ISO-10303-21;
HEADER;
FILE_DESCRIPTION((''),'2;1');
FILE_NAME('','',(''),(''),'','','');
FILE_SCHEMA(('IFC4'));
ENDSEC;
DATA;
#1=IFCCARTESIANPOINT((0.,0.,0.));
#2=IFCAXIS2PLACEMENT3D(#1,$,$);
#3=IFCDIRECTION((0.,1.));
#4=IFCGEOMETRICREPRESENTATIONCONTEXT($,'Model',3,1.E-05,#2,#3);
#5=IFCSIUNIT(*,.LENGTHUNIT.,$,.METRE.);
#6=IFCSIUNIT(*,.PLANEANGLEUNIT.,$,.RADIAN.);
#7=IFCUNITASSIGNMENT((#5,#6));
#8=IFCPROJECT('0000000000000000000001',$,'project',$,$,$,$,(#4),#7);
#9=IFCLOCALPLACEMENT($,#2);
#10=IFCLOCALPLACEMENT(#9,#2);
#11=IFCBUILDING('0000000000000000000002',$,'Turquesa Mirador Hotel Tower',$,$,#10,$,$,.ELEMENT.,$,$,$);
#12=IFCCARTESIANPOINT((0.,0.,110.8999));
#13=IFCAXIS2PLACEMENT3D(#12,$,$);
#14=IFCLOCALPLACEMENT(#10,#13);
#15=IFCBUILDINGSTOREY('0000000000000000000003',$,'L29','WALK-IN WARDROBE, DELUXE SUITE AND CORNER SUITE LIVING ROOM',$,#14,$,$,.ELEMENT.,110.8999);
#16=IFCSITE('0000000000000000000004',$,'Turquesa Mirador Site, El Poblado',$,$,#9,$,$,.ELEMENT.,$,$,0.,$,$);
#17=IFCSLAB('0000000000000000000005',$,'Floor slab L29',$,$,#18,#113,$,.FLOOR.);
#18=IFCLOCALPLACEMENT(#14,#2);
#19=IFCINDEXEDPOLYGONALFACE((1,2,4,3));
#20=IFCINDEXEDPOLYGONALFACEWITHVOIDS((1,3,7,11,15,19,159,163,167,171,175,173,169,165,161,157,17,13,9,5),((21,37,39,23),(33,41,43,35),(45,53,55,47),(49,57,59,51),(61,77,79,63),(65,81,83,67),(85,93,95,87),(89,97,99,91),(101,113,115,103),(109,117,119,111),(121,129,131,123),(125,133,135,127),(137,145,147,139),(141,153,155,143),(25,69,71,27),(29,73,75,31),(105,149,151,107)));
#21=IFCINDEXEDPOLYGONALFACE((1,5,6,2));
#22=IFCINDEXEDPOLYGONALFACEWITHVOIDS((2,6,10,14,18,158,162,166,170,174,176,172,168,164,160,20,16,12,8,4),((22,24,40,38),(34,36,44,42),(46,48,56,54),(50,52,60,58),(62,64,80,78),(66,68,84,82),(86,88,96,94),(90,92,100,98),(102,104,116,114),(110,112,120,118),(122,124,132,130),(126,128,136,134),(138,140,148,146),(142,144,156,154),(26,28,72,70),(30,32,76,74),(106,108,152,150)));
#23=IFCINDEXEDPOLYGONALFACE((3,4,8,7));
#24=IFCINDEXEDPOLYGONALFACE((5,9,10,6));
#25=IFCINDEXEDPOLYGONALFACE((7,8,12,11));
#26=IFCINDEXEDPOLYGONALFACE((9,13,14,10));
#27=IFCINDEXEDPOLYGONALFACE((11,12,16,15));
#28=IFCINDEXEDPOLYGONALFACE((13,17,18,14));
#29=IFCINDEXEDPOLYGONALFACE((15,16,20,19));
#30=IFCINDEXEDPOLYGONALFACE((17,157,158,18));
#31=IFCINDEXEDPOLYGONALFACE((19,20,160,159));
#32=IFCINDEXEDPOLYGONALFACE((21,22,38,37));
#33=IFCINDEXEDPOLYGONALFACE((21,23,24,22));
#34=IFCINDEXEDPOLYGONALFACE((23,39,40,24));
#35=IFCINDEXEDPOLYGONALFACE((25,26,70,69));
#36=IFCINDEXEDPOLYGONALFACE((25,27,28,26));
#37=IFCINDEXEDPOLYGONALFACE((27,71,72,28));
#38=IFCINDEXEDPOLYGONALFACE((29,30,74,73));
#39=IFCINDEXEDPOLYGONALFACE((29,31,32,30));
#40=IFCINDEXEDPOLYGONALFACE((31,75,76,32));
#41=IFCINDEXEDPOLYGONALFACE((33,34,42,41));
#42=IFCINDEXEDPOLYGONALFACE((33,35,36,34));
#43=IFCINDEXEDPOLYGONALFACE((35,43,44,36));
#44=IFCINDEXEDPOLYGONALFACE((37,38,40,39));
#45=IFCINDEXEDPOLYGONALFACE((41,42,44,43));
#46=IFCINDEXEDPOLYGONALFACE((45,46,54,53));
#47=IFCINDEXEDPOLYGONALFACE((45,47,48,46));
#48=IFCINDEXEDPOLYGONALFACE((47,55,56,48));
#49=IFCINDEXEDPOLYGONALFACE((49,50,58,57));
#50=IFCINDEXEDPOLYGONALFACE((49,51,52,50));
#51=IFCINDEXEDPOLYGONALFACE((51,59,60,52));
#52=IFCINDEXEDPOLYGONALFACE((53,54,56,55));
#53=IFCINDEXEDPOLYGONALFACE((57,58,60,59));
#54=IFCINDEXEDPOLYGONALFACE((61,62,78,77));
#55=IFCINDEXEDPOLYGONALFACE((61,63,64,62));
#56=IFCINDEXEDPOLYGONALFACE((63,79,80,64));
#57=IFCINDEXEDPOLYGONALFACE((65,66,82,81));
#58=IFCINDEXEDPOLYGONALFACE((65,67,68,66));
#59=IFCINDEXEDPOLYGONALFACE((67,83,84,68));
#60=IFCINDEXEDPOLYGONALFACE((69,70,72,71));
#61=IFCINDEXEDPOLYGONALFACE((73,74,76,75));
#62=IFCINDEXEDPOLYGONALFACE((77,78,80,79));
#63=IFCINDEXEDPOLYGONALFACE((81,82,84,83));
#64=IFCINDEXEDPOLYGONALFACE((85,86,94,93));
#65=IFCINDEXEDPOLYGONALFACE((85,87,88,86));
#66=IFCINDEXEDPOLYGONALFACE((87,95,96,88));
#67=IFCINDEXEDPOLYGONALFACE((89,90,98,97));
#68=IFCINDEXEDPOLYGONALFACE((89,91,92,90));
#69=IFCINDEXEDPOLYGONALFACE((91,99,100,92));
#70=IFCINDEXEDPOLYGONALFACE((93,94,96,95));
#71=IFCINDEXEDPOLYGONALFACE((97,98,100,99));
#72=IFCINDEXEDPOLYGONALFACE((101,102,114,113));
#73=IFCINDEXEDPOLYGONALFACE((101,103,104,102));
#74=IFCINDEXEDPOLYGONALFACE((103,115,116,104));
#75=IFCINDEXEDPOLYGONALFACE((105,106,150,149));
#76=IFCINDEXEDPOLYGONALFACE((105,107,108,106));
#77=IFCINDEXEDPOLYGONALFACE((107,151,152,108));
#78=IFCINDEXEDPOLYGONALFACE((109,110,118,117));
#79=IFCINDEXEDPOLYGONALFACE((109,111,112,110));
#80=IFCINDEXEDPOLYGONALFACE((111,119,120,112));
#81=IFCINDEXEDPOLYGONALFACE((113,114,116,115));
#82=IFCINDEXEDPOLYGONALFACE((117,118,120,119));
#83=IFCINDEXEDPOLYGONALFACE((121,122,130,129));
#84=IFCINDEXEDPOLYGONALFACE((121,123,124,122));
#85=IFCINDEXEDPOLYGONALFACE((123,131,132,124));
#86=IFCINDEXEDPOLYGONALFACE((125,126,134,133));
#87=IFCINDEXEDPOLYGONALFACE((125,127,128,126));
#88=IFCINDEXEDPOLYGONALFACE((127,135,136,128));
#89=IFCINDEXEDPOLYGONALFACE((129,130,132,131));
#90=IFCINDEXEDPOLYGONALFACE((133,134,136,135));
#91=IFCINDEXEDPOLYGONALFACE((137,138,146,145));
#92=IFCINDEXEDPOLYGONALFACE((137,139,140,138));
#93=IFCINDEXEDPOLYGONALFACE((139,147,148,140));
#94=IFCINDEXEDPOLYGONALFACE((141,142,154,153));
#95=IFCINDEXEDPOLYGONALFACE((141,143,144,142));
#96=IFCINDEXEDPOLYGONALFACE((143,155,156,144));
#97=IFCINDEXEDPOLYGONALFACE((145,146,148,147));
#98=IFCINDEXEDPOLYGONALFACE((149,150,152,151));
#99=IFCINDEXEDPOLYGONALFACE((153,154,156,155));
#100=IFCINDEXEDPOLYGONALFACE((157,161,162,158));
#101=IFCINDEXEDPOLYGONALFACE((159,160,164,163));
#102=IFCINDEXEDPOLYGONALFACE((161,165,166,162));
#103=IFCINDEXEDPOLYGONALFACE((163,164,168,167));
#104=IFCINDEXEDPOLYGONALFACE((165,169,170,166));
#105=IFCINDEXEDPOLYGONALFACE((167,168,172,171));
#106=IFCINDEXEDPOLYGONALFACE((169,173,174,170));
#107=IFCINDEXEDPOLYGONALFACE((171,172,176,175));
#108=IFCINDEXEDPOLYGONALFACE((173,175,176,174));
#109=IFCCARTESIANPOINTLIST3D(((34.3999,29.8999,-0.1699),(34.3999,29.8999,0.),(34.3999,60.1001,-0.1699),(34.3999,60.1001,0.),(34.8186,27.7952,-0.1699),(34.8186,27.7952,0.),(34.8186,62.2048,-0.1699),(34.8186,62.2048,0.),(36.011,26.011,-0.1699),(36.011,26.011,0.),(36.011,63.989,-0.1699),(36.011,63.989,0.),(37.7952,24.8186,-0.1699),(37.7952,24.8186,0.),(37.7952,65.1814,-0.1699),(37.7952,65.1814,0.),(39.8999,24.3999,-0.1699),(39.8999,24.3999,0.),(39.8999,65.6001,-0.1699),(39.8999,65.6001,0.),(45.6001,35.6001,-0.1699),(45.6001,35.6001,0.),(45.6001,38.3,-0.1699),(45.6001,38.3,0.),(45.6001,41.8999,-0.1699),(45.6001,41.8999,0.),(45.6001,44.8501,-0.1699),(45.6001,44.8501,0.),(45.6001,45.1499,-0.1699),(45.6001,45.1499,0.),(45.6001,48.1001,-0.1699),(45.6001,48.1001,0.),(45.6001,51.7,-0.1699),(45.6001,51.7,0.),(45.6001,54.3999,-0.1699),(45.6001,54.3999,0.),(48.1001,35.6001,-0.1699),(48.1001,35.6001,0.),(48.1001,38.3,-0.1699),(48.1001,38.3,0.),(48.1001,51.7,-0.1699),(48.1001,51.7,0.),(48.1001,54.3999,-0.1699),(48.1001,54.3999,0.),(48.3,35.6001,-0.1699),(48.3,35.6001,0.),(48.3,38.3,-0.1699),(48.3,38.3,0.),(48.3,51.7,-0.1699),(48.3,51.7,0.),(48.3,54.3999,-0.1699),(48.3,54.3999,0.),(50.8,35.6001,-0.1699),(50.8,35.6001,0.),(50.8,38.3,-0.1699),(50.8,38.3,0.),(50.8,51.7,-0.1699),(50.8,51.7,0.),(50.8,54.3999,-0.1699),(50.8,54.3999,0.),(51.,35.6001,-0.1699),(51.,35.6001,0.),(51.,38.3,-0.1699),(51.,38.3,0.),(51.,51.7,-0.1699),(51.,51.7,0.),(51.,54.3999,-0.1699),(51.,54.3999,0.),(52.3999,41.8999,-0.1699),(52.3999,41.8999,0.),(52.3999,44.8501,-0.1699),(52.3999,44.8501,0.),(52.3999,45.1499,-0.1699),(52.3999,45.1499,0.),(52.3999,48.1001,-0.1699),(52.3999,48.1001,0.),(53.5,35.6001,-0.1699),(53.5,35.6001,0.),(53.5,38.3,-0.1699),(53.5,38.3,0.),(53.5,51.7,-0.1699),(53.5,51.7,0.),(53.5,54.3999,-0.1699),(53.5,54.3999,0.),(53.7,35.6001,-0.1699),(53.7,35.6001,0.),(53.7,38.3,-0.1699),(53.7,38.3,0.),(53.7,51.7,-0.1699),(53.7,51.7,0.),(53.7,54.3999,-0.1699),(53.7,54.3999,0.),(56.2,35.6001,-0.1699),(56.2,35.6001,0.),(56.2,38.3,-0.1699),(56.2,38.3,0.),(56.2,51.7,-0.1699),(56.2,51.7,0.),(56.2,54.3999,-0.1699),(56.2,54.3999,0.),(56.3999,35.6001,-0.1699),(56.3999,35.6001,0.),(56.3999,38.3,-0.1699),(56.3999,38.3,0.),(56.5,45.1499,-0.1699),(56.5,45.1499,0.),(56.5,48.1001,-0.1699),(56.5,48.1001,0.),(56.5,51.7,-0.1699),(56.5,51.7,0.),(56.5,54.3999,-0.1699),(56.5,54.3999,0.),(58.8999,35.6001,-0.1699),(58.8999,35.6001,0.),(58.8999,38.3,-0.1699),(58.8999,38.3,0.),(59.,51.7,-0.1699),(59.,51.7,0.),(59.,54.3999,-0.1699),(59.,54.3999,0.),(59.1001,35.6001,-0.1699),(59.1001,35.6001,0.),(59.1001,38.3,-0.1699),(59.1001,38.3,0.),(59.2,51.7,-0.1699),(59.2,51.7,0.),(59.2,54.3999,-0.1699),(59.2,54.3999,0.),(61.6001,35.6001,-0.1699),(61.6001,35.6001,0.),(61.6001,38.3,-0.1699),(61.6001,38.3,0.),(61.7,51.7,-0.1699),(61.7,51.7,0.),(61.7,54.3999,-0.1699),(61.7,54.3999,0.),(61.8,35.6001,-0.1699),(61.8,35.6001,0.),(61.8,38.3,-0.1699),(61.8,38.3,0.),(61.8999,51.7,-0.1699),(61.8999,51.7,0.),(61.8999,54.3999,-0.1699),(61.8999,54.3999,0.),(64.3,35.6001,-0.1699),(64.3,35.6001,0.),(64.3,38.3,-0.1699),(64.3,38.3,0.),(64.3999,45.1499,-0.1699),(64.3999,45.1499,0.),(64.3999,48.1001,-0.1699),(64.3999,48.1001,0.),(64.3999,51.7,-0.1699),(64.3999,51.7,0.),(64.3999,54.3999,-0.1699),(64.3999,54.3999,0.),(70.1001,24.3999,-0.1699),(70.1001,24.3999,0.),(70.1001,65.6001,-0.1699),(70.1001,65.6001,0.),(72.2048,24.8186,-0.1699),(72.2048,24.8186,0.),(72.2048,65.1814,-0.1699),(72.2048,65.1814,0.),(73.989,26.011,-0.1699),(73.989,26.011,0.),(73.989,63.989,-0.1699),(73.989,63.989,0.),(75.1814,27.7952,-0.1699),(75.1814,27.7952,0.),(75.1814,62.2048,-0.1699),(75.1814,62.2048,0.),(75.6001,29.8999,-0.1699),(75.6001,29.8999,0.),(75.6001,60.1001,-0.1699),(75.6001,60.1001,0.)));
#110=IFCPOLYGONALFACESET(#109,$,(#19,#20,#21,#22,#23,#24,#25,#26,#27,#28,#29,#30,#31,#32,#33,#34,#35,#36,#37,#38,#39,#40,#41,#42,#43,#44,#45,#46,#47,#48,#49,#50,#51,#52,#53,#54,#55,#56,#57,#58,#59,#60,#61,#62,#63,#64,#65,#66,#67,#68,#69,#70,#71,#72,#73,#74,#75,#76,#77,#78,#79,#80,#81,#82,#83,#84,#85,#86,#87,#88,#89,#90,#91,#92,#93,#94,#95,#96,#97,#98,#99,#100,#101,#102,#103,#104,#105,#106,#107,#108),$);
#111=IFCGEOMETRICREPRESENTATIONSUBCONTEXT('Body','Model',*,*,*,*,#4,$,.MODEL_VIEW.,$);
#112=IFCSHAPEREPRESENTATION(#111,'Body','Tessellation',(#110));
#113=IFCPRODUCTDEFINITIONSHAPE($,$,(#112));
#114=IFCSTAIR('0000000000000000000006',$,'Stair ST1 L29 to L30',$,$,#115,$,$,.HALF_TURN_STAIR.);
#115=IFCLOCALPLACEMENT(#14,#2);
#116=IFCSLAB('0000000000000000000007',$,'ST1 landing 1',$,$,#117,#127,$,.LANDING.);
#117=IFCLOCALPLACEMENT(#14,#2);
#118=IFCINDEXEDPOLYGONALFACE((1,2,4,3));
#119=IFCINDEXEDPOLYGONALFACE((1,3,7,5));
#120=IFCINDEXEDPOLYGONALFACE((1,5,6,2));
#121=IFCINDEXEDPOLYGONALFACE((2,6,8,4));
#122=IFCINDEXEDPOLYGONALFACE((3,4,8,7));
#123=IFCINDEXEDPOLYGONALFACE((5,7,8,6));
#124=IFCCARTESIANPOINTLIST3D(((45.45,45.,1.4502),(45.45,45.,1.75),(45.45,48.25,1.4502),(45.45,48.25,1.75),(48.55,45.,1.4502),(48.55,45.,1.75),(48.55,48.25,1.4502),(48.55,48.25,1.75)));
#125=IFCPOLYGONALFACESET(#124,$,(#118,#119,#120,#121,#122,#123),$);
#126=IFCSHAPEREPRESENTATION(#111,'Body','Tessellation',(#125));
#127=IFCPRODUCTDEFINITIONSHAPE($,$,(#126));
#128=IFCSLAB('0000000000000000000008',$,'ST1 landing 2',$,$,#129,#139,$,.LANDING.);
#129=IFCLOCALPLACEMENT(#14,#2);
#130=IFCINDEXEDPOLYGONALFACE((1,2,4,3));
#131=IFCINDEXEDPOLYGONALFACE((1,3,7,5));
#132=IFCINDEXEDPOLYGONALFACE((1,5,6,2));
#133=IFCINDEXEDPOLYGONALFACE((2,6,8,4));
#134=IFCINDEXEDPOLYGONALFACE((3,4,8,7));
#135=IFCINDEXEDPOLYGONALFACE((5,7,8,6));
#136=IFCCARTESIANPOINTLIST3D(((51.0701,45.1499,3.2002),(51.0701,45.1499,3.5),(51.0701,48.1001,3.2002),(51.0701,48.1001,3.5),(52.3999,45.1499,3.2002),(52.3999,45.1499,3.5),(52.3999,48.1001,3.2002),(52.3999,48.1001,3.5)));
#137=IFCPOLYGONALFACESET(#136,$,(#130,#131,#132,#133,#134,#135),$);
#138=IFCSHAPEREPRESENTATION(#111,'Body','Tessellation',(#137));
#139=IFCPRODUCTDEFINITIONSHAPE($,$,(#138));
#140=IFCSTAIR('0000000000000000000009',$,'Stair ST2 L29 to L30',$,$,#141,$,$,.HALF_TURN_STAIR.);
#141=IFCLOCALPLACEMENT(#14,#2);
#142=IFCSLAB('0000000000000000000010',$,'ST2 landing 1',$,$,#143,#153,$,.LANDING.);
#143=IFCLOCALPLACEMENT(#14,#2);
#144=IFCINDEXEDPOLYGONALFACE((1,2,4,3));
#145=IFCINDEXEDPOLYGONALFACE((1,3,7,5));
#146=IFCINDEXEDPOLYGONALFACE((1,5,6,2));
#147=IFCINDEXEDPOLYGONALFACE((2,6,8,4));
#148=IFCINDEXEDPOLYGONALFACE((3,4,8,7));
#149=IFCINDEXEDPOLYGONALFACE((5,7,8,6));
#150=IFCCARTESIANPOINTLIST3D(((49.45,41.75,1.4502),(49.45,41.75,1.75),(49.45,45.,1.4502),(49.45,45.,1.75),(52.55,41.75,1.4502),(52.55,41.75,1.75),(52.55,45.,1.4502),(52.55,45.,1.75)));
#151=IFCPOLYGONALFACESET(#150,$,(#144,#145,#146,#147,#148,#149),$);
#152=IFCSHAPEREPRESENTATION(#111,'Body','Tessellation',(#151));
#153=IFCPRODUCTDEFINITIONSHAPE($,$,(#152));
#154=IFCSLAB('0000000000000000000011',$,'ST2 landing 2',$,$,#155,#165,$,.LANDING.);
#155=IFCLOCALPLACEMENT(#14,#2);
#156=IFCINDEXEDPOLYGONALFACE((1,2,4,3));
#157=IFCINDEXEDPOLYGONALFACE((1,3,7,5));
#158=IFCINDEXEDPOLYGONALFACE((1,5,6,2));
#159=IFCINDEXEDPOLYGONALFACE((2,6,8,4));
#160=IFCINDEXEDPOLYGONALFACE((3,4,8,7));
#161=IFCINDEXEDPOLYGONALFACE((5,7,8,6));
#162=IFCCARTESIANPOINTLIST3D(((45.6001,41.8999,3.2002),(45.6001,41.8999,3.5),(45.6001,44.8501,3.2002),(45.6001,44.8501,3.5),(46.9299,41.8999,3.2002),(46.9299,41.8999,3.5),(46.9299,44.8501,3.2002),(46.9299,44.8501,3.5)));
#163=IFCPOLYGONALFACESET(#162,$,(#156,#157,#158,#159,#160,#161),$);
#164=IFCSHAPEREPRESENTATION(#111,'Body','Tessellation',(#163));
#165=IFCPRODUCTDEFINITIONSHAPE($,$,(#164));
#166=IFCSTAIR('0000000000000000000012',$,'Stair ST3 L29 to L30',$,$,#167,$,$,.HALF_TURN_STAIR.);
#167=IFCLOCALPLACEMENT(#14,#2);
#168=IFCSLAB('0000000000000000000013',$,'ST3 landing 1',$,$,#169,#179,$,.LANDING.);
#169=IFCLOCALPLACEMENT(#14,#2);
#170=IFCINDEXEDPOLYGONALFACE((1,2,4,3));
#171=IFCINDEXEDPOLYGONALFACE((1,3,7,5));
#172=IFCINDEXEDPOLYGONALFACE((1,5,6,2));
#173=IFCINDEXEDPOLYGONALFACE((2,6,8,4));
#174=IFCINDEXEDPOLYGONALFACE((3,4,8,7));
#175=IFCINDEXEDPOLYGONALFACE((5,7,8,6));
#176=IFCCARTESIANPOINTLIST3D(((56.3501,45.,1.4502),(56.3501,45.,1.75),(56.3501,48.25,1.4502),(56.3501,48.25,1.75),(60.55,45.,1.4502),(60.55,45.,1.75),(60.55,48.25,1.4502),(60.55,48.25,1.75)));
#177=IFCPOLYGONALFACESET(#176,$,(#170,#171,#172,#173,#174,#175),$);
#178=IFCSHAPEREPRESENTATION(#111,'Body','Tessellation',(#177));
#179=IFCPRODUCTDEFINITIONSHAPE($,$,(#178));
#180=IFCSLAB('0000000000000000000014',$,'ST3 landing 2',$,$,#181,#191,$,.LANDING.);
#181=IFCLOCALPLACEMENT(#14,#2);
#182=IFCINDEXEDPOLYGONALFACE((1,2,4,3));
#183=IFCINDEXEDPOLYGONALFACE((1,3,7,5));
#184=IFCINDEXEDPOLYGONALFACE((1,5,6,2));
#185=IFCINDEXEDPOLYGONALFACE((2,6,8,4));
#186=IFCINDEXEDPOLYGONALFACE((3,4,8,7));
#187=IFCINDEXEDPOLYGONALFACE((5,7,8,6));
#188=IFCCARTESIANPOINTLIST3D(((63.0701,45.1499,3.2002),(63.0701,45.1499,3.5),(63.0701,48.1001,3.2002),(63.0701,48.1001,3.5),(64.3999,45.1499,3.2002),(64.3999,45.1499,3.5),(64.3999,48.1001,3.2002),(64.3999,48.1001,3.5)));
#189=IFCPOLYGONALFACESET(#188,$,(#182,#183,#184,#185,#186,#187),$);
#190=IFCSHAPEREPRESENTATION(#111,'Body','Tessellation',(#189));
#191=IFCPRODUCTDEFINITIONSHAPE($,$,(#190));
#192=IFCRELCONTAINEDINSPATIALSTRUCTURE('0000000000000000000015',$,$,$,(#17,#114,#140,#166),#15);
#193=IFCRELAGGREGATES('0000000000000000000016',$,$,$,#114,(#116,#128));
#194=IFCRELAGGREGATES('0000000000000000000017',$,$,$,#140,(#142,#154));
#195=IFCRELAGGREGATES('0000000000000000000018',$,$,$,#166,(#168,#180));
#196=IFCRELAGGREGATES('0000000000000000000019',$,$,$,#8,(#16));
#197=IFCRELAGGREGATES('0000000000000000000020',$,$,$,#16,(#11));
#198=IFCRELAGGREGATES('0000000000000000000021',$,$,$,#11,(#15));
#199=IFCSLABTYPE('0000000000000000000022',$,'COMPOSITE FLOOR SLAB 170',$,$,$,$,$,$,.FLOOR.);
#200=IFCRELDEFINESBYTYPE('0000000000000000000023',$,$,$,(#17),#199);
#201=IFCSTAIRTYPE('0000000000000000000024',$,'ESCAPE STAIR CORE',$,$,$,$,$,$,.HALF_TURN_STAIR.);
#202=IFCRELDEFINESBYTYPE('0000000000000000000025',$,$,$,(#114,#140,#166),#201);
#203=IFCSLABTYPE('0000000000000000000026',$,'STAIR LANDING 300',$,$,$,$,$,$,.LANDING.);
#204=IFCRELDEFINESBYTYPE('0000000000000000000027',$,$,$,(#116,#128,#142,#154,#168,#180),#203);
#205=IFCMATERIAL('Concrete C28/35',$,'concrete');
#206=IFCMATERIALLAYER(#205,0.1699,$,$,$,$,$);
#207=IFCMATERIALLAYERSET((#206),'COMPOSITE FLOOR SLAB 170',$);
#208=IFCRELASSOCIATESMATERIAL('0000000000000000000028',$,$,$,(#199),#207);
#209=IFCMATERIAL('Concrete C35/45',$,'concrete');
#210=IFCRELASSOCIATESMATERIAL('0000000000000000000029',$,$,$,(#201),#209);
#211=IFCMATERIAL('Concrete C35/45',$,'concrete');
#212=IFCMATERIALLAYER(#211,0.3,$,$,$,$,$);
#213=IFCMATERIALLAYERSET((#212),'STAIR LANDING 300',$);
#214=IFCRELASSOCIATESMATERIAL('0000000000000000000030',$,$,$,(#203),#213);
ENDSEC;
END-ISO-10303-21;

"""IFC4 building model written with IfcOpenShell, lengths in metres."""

from ifc_helpers import new_model, si_unit, direction, frame, origin, place, context, subcontext, project, spatial, polyline, outline, extrude, material, layer, layer_set, type_object, element, aggregate, save


model = new_model("IFC4")

# Units and contexts
model_context = context("Model", 3, precision=1e-05, world=origin(), true_north=direction((0.0, 1.0)))
body_context = subcontext(model_context, "Body", "Model", "MODEL_VIEW")
ifc_project = project(units=[si_unit("LENGTHUNIT", "METRE"), si_unit("PLANEANGLEUNIT", "RADIAN")], contexts=[model_context])

# Site, building, storey
site_placement = place(None, origin())
site = spatial("IfcSite", under=ifc_project, at=site_placement, Name="Turquesa Mirador Site, El Poblado", CompositionType="ELEMENT", RefElevation=0.0)
building_placement = place(site_placement, origin())
building = spatial("IfcBuilding", under=site, at=building_placement, Name="Turquesa Mirador Hotel Tower", CompositionType="ELEMENT")
storey_placement = place(building_placement, frame((0.0, 0.0, 110.8999)))
storey = spatial("IfcBuildingStorey", under=building, at=storey_placement, Name="L29", Description="WALK-IN WARDROBE, DELUXE SUITE AND CORNER SUITE LIVING ROOM", CompositionType="ELEMENT", Elevation=110.8999)

# Slab
ifc_material_1 = material(Name="Concrete C28/35", Category="concrete")
ifc_layer_1 = layer(ifc_material_1, 0.1699)
ifc_layer_set_1 = layer_set([ifc_layer_1], Name="COMPOSITE FLOOR SLAB 170")
slab_type_1 = type_object("IfcSlabType", Name="COMPOSITE FLOOR SLAB 170", PredefinedType="FLOOR", material=ifc_layer_set_1)
slab_1_placement = place(storey_placement, frame((0.0, 0.0, -0.1699)))
element("IfcSlab", 1, at=slab_1_placement, inside=storey, type_object=slab_type_1, Name="Floor slab L29", PredefinedType="FLOOR", context=body_context, shape_type="SweptSolid", body=[
    extrude(outline(polyline([(70.1001, 24.3999), (72.2048, 24.8186), (73.989, 26.011), (75.1814, 27.7952), (75.6001, 29.8999), (75.6001, 60.1001), (75.1814, 62.2048), (73.989, 63.989), (72.2048, 65.1814), (70.1001, 65.6001), (39.8999, 65.6001), (37.7952, 65.1814), (36.011, 63.989), (34.8186, 62.2048), (34.3999, 60.1001), (34.3999, 29.8999), (34.8186, 27.7952), (36.011, 26.011), (37.7952, 24.8186), (39.8999, 24.3999), (70.1001, 24.3999)]), holes=[polyline([(45.6001, 51.7), (48.1001, 51.7), (48.1001, 54.3999), (45.6001, 54.3999), (45.6001, 51.7)]), polyline([(48.3, 51.7), (50.8, 51.7), (50.8, 54.3999), (48.3, 54.3999), (48.3, 51.7)]), polyline([(51.0, 51.7), (53.5, 51.7), (53.5, 54.3999), (51.0, 54.3999), (51.0, 51.7)]), polyline([(53.7, 51.7), (56.2, 51.7), (56.2, 54.3999), (53.7, 54.3999), (53.7, 51.7)]), polyline([(56.5, 51.7), (59.0, 51.7), (59.0, 54.3999), (56.5, 54.3999), (56.5, 51.7)]), polyline([(59.2, 51.7), (61.7, 51.7), (61.7, 54.3999), (59.2, 54.3999), (59.2, 51.7)]), polyline([(45.6001, 35.6001), (48.1001, 35.6001), (48.1001, 38.3), (45.6001, 38.3), (45.6001, 35.6001)]), polyline([(48.3, 35.6001), (50.8, 35.6001), (50.8, 38.3), (48.3, 38.3), (48.3, 35.6001)]), polyline([(51.0, 35.6001), (53.5, 35.6001), (53.5, 38.3), (51.0, 38.3), (51.0, 35.6001)]), polyline([(53.7, 35.6001), (56.2, 35.6001), (56.2, 38.3), (53.7, 38.3), (53.7, 35.6001)]), polyline([(56.3999, 35.6001), (58.8999, 35.6001), (58.8999, 38.3), (56.3999, 38.3), (56.3999, 35.6001)]), polyline([(59.1001, 35.6001), (61.6001, 35.6001), (61.6001, 38.3), (59.1001, 38.3), (59.1001, 35.6001)]), polyline([(61.8, 35.6001), (64.3, 35.6001), (64.3, 38.3), (61.8, 38.3), (61.8, 35.6001)]), polyline([(45.6001, 45.1499), (52.3999, 45.1499), (52.3999, 48.1001), (45.6001, 48.1001), (45.6001, 45.1499)]), polyline([(45.6001, 41.8999), (52.3999, 41.8999), (52.3999, 44.8501), (45.6001, 44.8501), (45.6001, 41.8999)]), polyline([(56.5, 45.1499), (64.3999, 45.1499), (64.3999, 48.1001), (56.5, 48.1001), (56.5, 45.1499)]), polyline([(61.8999, 51.7), (64.3999, 51.7), (64.3999, 54.3999), (61.8999, 54.3999), (61.8999, 51.7)])]), origin(), (0.0, 0.0, 1.0), 0.1699),
])

# Stairs, slabs
ifc_material_2 = material(Name="Concrete C35/45", Category="concrete")
stair_type = type_object("IfcStairType", Name="ESCAPE STAIR CORE", PredefinedType="HALF_TURN_STAIR", material=ifc_material_2)
stair_1_placement = place(storey_placement, origin())
stair_1 = element("IfcStair", 2, at=stair_1_placement, inside=storey, type_object=stair_type, Name="Stair ST1 L29 to L30", PredefinedType="HALF_TURN_STAIR")
ifc_material_3 = material(Name="Concrete C35/45", Category="concrete")
ifc_layer_2 = layer(ifc_material_3, 0.3)
ifc_layer_set_2 = layer_set([ifc_layer_2], Name="STAIR LANDING 300")
slab_type_2 = type_object("IfcSlabType", Name="STAIR LANDING 300", PredefinedType="LANDING", material=ifc_layer_set_2)
slab_2_placement = place(storey_placement, frame((0.0, 0.0, 1.4502)))
slab_2 = element("IfcSlab", 3, at=slab_2_placement, type_object=slab_type_2, Name="ST1 landing 1", PredefinedType="LANDING", context=body_context, shape_type="SweptSolid", body=[
    extrude(outline(polyline([(45.45, 45.0), (48.55, 45.0), (48.55, 48.25), (45.45, 48.25), (45.45, 45.0)])), origin(), (0.0, 0.0, 1.0), 0.2998),
])
slab_3_placement = place(storey_placement, frame((0.0, 0.0, 3.2002)))
slab_3 = element("IfcSlab", 4, at=slab_3_placement, type_object=slab_type_2, Name="ST1 landing 2", PredefinedType="LANDING", context=body_context, shape_type="SweptSolid", body=[
    extrude(outline(polyline([(51.0701, 45.1499), (52.3999, 45.1499), (52.3999, 48.1001), (51.0701, 48.1001), (51.0701, 45.1499)])), origin(), (0.0, 0.0, 1.0), 0.2998),
])
aggregate(stair_1, [slab_2, slab_3])
stair_2_placement = place(storey_placement, origin())
stair_2 = element("IfcStair", 5, at=stair_2_placement, inside=storey, type_object=stair_type, Name="Stair ST2 L29 to L30", PredefinedType="HALF_TURN_STAIR")
slab_4_placement = place(storey_placement, frame((0.0, 0.0, 1.4502)))
slab_4 = element("IfcSlab", 6, at=slab_4_placement, type_object=slab_type_2, Name="ST2 landing 1", PredefinedType="LANDING", context=body_context, shape_type="SweptSolid", body=[
    extrude(outline(polyline([(52.55, 45.0), (49.45, 45.0), (49.45, 41.75), (52.55, 41.75), (52.55, 45.0)])), origin(), (0.0, 0.0, 1.0), 0.2998),
])
slab_5_placement = place(storey_placement, frame((0.0, 0.0, 3.2002)))
slab_5 = element("IfcSlab", 7, at=slab_5_placement, type_object=slab_type_2, Name="ST2 landing 2", PredefinedType="LANDING", context=body_context, shape_type="SweptSolid", body=[
    extrude(outline(polyline([(46.9299, 44.8501), (45.6001, 44.8501), (45.6001, 41.8999), (46.9299, 41.8999), (46.9299, 44.8501)])), origin(), (0.0, 0.0, 1.0), 0.2998),
])
aggregate(stair_2, [slab_4, slab_5])
stair_3_placement = place(storey_placement, origin())
stair_3 = element("IfcStair", 8, at=stair_3_placement, inside=storey, type_object=stair_type, Name="Stair ST3 L29 to L30", PredefinedType="HALF_TURN_STAIR")
slab_6_placement = place(storey_placement, frame((0.0, 0.0, 1.4502)))
slab_6 = element("IfcSlab", 9, at=slab_6_placement, type_object=slab_type_2, Name="ST3 landing 1", PredefinedType="LANDING", context=body_context, shape_type="SweptSolid", body=[
    extrude(outline(polyline([(56.3501, 45.0), (60.55, 45.0), (60.55, 48.25), (56.3501, 48.25), (56.3501, 45.0)])), origin(), (0.0, 0.0, 1.0), 0.2998),
])
slab_7_placement = place(storey_placement, frame((0.0, 0.0, 3.2002)))
slab_7 = element("IfcSlab", 10, at=slab_7_placement, type_object=slab_type_2, Name="ST3 landing 2", PredefinedType="LANDING", context=body_context, shape_type="SweptSolid", body=[
    extrude(outline(polyline([(63.0701, 45.1499), (64.3999, 45.1499), (64.3999, 48.1001), (63.0701, 48.1001), (63.0701, 45.1499)])), origin(), (0.0, 0.0, 1.0), 0.2998),
])
aggregate(stair_3, [slab_6, slab_7])

save(model, "model.ifc")
